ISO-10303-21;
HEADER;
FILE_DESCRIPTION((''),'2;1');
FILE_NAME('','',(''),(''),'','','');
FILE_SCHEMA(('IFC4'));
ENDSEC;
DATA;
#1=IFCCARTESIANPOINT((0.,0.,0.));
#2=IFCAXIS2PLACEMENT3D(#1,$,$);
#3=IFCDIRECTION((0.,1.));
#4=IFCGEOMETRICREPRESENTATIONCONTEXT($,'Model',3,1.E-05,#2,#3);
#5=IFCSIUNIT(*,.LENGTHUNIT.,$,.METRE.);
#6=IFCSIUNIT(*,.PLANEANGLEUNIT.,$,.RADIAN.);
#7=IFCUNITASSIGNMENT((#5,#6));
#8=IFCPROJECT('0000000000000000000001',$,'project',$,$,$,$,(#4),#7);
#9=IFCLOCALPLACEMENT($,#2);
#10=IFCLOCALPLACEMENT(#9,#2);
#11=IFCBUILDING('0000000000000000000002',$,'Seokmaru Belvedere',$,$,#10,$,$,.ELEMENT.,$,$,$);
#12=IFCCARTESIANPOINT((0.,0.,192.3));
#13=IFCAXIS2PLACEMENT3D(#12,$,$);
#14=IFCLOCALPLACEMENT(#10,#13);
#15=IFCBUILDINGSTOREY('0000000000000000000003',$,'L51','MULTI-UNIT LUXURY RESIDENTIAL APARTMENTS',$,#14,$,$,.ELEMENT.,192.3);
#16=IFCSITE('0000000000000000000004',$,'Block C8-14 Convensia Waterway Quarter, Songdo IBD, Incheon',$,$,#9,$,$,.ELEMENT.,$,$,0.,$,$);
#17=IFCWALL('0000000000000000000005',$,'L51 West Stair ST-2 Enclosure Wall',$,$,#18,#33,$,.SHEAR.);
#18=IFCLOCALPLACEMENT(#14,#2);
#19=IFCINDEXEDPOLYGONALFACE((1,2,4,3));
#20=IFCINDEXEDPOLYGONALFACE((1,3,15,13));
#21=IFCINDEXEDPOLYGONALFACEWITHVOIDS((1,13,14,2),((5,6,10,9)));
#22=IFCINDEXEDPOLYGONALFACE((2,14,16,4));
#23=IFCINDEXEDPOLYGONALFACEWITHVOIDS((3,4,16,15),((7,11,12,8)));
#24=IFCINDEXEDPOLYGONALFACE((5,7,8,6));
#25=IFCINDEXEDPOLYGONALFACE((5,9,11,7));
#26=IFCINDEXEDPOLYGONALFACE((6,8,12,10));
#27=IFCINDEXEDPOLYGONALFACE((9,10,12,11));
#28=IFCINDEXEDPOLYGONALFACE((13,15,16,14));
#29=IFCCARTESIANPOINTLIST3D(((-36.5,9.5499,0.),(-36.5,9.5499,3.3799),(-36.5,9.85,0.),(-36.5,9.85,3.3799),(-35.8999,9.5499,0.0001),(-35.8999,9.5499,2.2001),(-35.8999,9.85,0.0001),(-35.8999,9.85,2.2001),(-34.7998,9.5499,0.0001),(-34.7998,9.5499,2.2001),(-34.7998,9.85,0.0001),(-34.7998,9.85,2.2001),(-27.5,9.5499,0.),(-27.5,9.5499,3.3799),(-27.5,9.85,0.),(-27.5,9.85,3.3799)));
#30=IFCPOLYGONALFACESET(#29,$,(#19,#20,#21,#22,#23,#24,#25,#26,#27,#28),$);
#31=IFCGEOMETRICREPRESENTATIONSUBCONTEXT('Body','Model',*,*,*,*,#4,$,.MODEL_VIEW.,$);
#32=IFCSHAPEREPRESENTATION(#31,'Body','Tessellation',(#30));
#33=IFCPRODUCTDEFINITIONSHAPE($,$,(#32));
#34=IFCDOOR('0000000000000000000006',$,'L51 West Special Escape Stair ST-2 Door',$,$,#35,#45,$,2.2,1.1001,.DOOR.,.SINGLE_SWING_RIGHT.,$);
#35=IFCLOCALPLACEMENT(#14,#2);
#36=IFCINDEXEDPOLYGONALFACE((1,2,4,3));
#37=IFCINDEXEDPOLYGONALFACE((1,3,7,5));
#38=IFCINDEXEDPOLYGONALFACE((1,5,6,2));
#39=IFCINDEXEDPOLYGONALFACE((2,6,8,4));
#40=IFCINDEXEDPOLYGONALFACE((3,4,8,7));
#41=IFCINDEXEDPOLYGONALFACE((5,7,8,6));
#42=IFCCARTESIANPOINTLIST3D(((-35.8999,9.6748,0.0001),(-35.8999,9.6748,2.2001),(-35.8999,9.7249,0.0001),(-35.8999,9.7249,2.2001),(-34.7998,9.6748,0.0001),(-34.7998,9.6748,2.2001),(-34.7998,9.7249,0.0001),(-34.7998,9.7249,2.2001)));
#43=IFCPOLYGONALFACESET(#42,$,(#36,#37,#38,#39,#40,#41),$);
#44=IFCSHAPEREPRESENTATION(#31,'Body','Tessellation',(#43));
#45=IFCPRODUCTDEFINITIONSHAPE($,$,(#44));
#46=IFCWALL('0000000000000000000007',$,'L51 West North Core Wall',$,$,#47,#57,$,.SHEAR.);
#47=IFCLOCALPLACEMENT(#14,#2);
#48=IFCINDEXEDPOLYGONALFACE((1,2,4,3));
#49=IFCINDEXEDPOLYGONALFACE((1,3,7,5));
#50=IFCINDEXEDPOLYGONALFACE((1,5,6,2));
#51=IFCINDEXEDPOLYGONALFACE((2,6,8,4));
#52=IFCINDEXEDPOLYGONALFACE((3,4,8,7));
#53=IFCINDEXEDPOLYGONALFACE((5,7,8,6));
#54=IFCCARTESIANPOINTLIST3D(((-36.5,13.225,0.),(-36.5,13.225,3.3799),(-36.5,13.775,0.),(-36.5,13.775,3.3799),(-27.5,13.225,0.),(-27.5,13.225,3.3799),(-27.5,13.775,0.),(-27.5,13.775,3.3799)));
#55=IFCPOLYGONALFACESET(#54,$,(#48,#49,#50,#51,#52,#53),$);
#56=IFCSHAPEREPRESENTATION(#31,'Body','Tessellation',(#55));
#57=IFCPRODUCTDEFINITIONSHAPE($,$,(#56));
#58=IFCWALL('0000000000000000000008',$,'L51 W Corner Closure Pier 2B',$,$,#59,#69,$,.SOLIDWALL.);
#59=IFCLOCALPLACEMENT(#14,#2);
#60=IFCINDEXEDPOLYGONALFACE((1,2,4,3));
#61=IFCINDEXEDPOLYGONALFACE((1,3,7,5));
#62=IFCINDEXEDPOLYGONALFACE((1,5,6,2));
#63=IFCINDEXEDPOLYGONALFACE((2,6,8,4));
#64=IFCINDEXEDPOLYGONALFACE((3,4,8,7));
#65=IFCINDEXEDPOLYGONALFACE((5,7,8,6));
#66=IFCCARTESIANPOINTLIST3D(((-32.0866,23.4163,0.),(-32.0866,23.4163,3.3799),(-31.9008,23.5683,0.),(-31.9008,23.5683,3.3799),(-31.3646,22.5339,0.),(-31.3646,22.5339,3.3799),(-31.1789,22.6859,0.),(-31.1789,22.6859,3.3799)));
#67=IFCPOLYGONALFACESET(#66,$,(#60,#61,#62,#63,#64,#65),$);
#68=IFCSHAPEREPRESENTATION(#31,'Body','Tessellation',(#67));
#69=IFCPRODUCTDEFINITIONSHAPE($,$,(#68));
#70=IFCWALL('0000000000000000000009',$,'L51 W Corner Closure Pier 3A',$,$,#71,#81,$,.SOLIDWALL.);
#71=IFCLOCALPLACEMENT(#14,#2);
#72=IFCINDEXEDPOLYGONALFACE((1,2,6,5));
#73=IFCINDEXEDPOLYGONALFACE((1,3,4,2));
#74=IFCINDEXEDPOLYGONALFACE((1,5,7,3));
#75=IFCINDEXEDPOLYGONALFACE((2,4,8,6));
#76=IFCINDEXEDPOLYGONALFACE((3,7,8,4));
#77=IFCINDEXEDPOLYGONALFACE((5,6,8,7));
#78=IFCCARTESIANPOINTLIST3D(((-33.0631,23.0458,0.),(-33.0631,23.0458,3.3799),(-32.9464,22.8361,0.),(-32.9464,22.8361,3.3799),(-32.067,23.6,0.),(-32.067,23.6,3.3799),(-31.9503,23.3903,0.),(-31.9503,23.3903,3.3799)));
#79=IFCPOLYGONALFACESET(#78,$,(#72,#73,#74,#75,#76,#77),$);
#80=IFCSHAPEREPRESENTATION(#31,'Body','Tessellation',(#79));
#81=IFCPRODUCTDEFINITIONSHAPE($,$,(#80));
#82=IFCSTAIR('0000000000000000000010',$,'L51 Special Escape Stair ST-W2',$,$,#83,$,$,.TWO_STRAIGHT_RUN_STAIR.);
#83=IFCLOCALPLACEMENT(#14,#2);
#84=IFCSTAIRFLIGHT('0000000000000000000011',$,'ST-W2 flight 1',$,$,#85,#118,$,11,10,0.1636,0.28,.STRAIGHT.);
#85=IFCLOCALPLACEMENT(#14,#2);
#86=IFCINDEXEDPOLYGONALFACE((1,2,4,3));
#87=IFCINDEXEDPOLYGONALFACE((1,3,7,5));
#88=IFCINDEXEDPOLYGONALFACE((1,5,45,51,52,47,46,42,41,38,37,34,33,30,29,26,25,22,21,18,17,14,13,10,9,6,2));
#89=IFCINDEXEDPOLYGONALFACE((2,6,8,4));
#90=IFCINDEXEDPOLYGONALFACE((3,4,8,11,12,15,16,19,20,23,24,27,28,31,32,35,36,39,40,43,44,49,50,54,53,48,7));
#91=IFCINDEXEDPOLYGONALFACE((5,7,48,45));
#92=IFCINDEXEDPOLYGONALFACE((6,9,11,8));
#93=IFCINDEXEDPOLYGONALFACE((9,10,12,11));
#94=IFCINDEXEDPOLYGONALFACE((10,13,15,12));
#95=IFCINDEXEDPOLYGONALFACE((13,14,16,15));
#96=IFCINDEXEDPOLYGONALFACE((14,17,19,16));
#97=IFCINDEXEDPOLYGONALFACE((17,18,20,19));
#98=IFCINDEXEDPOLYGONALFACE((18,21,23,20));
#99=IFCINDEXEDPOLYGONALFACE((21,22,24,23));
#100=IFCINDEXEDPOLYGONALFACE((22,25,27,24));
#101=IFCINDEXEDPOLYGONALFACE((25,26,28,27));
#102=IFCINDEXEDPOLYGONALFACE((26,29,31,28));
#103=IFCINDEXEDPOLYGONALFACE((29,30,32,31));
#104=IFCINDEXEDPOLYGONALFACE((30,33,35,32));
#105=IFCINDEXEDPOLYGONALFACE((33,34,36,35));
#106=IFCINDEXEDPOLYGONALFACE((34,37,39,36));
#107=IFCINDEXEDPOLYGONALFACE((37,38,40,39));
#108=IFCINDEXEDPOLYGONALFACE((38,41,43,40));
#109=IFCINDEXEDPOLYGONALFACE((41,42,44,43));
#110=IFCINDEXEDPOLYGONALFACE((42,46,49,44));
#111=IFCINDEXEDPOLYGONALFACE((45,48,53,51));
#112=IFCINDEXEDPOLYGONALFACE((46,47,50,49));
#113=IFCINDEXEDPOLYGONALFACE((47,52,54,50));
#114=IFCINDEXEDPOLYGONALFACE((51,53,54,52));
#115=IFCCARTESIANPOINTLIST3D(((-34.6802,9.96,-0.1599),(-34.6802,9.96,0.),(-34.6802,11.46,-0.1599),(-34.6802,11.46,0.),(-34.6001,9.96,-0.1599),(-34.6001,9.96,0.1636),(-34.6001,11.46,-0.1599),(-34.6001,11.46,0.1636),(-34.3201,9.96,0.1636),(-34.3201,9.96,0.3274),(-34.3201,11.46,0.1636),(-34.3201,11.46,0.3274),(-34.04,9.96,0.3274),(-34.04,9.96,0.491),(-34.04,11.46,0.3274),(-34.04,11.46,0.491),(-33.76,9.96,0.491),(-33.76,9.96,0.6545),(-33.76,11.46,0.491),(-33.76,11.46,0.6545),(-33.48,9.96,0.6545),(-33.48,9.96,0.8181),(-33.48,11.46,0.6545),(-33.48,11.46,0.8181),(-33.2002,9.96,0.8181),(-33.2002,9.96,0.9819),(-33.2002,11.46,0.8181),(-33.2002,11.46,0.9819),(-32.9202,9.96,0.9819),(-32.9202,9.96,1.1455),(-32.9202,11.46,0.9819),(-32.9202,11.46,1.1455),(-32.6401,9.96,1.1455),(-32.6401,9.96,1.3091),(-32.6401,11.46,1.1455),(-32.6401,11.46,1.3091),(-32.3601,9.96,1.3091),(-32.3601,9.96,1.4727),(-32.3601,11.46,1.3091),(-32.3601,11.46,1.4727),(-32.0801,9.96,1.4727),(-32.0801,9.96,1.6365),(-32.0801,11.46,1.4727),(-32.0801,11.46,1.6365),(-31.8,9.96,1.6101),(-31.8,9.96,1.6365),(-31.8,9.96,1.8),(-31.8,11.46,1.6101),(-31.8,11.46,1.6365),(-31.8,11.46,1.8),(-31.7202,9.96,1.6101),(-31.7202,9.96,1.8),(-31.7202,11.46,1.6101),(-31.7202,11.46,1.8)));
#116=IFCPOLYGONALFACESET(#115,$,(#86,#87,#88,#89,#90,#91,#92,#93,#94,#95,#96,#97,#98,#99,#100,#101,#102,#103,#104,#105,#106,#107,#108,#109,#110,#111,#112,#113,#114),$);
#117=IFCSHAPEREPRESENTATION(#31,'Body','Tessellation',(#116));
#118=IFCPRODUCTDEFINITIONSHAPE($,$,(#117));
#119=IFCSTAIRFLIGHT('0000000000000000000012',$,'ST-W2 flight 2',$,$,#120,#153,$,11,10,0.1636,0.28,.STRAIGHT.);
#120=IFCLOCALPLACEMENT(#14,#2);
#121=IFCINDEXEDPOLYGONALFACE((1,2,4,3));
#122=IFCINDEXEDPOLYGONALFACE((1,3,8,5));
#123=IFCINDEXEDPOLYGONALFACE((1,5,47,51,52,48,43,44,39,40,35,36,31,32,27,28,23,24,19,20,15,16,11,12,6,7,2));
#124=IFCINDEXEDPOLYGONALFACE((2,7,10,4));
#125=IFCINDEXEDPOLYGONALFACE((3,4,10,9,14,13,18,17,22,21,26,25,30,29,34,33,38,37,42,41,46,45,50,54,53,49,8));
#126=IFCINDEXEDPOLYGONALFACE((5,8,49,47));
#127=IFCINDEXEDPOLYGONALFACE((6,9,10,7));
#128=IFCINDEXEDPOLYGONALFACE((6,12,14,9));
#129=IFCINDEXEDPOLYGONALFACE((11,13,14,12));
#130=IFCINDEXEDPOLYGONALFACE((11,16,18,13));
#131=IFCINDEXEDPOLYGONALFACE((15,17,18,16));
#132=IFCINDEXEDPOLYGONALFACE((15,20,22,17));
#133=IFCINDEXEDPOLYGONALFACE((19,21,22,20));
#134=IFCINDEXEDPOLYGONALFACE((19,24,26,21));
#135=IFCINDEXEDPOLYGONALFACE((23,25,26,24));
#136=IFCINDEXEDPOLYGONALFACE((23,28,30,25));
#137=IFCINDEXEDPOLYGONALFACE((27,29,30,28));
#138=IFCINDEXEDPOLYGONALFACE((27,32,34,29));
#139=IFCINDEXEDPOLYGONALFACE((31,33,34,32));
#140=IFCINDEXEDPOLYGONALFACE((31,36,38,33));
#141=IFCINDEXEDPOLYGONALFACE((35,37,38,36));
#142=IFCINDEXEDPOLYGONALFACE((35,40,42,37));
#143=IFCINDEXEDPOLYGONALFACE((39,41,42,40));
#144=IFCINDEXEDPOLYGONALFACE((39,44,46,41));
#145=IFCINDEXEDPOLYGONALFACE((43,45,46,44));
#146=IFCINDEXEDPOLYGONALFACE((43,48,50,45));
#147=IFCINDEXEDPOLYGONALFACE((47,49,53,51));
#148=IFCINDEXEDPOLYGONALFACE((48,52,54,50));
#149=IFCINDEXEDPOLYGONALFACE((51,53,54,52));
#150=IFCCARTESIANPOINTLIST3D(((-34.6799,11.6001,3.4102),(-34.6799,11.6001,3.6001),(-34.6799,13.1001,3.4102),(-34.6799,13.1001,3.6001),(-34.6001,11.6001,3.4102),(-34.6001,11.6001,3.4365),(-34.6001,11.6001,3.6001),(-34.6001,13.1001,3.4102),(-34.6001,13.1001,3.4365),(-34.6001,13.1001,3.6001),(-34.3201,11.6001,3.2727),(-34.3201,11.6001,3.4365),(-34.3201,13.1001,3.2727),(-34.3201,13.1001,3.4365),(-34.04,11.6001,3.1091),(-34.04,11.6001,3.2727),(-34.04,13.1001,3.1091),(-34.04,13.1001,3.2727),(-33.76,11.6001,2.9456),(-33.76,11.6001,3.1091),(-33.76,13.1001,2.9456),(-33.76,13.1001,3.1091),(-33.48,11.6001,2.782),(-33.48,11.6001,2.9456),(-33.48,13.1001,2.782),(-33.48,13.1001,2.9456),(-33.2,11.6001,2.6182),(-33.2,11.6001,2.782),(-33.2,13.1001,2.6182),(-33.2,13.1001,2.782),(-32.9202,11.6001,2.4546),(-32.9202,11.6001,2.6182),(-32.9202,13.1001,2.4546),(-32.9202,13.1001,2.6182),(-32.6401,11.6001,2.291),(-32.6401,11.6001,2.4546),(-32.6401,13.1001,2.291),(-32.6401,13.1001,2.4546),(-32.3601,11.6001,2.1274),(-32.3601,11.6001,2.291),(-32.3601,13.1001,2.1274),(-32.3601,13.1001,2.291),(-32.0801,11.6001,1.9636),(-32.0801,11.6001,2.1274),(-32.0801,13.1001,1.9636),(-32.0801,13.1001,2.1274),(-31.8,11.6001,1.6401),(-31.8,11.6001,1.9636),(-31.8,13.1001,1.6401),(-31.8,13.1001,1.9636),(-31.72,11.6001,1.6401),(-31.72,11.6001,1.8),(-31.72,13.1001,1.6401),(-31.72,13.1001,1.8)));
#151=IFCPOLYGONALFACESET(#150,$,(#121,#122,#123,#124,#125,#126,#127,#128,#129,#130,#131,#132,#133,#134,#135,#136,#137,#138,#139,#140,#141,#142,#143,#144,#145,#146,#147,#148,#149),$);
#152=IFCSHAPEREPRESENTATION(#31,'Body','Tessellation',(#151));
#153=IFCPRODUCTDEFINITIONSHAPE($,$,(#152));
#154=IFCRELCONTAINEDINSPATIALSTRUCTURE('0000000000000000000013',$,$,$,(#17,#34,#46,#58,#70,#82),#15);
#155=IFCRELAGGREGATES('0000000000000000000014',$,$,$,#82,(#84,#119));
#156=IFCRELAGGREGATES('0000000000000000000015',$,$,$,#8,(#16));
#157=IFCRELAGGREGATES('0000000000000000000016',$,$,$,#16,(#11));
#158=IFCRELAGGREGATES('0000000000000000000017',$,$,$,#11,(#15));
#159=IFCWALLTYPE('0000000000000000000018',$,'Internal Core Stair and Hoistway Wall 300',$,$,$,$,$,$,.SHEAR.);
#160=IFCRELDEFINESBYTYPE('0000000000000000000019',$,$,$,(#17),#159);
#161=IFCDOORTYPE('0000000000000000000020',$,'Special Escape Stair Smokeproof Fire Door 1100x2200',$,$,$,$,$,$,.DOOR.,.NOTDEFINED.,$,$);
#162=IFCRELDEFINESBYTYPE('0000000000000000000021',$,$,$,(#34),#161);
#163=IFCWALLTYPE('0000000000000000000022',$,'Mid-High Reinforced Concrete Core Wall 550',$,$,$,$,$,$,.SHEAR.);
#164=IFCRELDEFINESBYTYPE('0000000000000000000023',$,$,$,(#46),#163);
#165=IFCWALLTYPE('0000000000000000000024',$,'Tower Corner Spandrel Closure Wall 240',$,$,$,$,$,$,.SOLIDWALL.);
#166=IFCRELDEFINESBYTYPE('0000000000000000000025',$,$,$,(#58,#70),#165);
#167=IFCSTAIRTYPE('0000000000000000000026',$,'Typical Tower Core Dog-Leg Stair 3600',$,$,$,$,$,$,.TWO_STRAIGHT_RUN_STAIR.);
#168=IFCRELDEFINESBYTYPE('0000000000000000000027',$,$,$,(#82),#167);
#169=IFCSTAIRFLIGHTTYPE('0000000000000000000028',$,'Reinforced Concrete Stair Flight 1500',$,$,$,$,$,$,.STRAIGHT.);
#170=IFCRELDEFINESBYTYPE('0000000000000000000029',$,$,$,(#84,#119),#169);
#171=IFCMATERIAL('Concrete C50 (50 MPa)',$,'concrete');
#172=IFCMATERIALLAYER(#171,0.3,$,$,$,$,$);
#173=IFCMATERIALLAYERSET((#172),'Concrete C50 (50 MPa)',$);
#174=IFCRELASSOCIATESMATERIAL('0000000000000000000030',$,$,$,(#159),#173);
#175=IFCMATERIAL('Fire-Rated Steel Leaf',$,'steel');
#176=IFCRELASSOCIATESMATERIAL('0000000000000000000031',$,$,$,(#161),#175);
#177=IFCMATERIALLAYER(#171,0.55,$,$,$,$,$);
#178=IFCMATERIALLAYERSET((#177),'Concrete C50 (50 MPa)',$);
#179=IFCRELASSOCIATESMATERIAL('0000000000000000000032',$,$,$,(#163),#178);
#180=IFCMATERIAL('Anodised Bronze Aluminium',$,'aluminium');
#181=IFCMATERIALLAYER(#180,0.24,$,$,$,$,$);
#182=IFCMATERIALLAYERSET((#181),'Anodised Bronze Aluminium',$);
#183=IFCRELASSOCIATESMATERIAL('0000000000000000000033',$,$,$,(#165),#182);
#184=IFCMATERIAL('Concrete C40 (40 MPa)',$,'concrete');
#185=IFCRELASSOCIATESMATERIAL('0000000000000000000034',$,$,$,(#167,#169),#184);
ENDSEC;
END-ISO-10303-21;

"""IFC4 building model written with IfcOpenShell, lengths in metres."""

from ifc_helpers import new_model, si_unit, direction, frame, frame_2d, origin, place, context, subcontext, project, spatial, polyline, rectangle, outline, extrude, source, transform, mapped, material, layer, layer_set, type_object, type_shapes, element, fill, aggregate, save


model = new_model("IFC4")

# Units and contexts
model_context = context("Model", 3, precision=1e-05, world=origin(), true_north=direction((0.0, 1.0)))
body_context = subcontext(model_context, "Body", "Model", "MODEL_VIEW")
ifc_project = project(units=[si_unit("LENGTHUNIT", "METRE"), si_unit("PLANEANGLEUNIT", "RADIAN")], contexts=[model_context])

# Site, building, storey
site_placement = place(None, origin())
site = spatial("IfcSite", under=ifc_project, at=site_placement, Name="Block C8-14 Convensia Waterway Quarter, Songdo IBD, Incheon", CompositionType="ELEMENT", RefElevation=0.0)
building_placement = place(site_placement, origin())
building = spatial("IfcBuilding", under=site, at=building_placement, Name="Seokmaru Belvedere", CompositionType="ELEMENT")
storey_placement = place(building_placement, frame((0.0, 0.0, 192.3)))
storey = spatial("IfcBuildingStorey", under=building, at=storey_placement, Name="L51", Description="MULTI-UNIT LUXURY RESIDENTIAL APARTMENTS", CompositionType="ELEMENT", Elevation=192.3)

# Shared definitions
ifc_material_1 = material(Name="Anodised Bronze Aluminium", Category="aluminium")

# Shared definitions
ifc_material_2 = material(Name="Fire-Rated Steel Leaf", Category="steel")

# Wall, opening, door
ifc_material_3 = material(Name="Concrete C50 (50 MPa)", Category="concrete")
ifc_layer_1 = layer(ifc_material_3, 0.3)
ifc_layer_set_1 = layer_set([ifc_layer_1], Name="Concrete C50 (50 MPa)")
wall_type_1 = type_object("IfcWallType", Name="Internal Core Stair and Hoistway Wall 300", PredefinedType="SHEAR", material=ifc_layer_set_1)
wall_1_placement = place(storey_placement, frame((-36.5, 9.7, 0.0), z_axis=(0.0, 0.0, 1.0), x_axis=(1.0, 0.0, 0.0)))
wall_1 = element("IfcWall", 1, at=wall_1_placement, inside=storey, type_object=wall_type_1, Name="L51 West Stair ST-2 Enclosure Wall", PredefinedType="SHEAR", context=body_context, shape_type="SweptSolid", body=[
    extrude(rectangle(XDim=9.0, YDim=0.3, at=frame_2d((4.5, 0.0))), origin(), (0.0, 0.0, 1.0), 3.3799),
])
opening_1_placement = place(wall_1_placement, frame((0.6001, 0.0, 0.0)))
opening_1 = element("IfcOpeningElement", 2, at=opening_1_placement, cuts=wall_1, PredefinedType="OPENING", context=body_context, shape_type="SweptSolid", body=[
    extrude(rectangle(XDim=1.1001, YDim=2.2, at=frame_2d((0.55, 1.1001))), frame((0.0, 0.1602, 0.0), z_axis=(0.0, -1.0, 0.0), x_axis=(1.0, 0.0, 0.0)), (0.0, 0.0, 1.0), 0.3201),
])
door_type_1 = type_object("IfcDoorType", Name="Special Escape Stair Smokeproof Fire Door 1100x2200", OperationType="NOTDEFINED", PredefinedType="DOOR", material=ifc_material_2)
shared_shape_1 = source(origin(), body_context, "Body", "SweptSolid", [
    extrude(rectangle(XDim=1.1001, YDim=2.2, at=frame_2d((0.55, 1.1001))), frame((0.0, 0.0249, 0.0), z_axis=(0.0, -1.0, 0.0), x_axis=(1.0, 0.0, 0.0)), (0.0, 0.0, 1.0), 0.05),
])
type_shapes(door_type_1, [shared_shape_1])
door_1_placement = place(opening_1_placement, origin())
door_1 = element("IfcDoor", 3, at=door_1_placement, inside=storey, type_object=door_type_1, Name="L51 West Special Escape Stair ST-2 Door", OperationType="SINGLE_SWING_RIGHT", OverallHeight=2.2, OverallWidth=1.1001, PredefinedType="DOOR", context=body_context, shape_type="MappedRepresentation", body=[
    mapped(shared_shape_1, transform((0.0, 0.0, 0.0), scale=1.0)),
])
fill(opening_1, door_1)

# Wall
ifc_layer_2 = layer(ifc_material_3, 0.55)
ifc_layer_set_2 = layer_set([ifc_layer_2], Name="Concrete C50 (50 MPa)")
wall_type_2 = type_object("IfcWallType", Name="Mid-High Reinforced Concrete Core Wall 550", PredefinedType="SHEAR", material=ifc_layer_set_2)
wall_2_placement = place(storey_placement, frame((-36.5, 13.5, 0.0), z_axis=(0.0, 0.0, 1.0), x_axis=(1.0, 0.0, 0.0)))
element("IfcWall", 4, at=wall_2_placement, inside=storey, type_object=wall_type_2, Name="L51 West North Core Wall", PredefinedType="SHEAR", context=body_context, shape_type="SweptSolid", body=[
    extrude(rectangle(XDim=9.0, YDim=0.55, at=frame_2d((4.5, 0.0))), origin(), (0.0, 0.0, 1.0), 3.3799),
])

# Walls
ifc_layer_3 = layer(ifc_material_1, 0.24)
ifc_layer_set_3 = layer_set([ifc_layer_3], Name="Anodised Bronze Aluminium")
wall_type_3 = type_object("IfcWallType", Name="Tower Corner Spandrel Closure Wall 240", PredefinedType="SOLIDWALL", material=ifc_layer_set_3)
wall_3_placement = place(storey_placement, frame((-31.2717, 22.6099, 0.0), z_axis=(0.0, 0.0, 1.0), x_axis=(-0.633249, 0.773948, 0.0)))
element("IfcWall", 5, at=wall_3_placement, inside=storey, type_object=wall_type_3, Name="L51 W Corner Closure Pier 2B", PredefinedType="SOLIDWALL", context=body_context, shape_type="SweptSolid", body=[
    extrude(rectangle(XDim=1.1401, YDim=0.24, at=frame_2d((0.5701, 0.0))), origin(), (0.0, 0.0, 1.0), 3.3799),
])
wall_4_placement = place(storey_placement, frame((-32.0088, 23.4951, 0.0), z_axis=(0.0, 0.0, 1.0), x_axis=(-0.873854, -0.486188, 0.0)))
element("IfcWall", 6, at=wall_4_placement, inside=storey, type_object=wall_type_3, Name="L51 W Corner Closure Pier 3A", PredefinedType="SOLIDWALL", context=body_context, shape_type="SweptSolid", body=[
    extrude(rectangle(XDim=1.1399, YDim=0.24, at=frame_2d((0.5698, 0.0))), origin(), (0.0, 0.0, 1.0), 3.3799),
])

# Stair, stair flights
ifc_material_4 = material(Name="Concrete C40 (40 MPa)", Category="concrete")
stair_type = type_object("IfcStairType", Name="Typical Tower Core Dog-Leg Stair 3600", PredefinedType="TWO_STRAIGHT_RUN_STAIR", material=ifc_material_4)
stair_placement = place(storey_placement, origin())
stair = element("IfcStair", 7, at=stair_placement, inside=storey, type_object=stair_type, Name="L51 Special Escape Stair ST-W2", PredefinedType="TWO_STRAIGHT_RUN_STAIR")
stair_flight_type = type_object("IfcStairFlightType", Name="Reinforced Concrete Stair Flight 1500", PredefinedType="STRAIGHT", material=ifc_material_4)
stair_flight_1_placement = place(storey_placement, frame((-34.6001, 10.71, 0.0), z_axis=(0.0, 0.0, 1.0), x_axis=(1.0, 0.0, 0.0)))
stair_flight_1 = element("IfcStairFlight", 8, at=stair_flight_1_placement, type_object=stair_flight_type, Name="ST-W2 flight 1", NumberOfRisers=11, NumberOfTreads=10, PredefinedType="STRAIGHT", RiserHeight=0.1636, TreadLength=0.28, context=body_context, shape_type="SweptSolid", body=[
    extrude(outline(polyline([(-0.0801, 0.0), (0.0, 0.1636), (0.28, 0.1636), (0.28, 0.3274), (0.5601, 0.3274), (0.5601, 0.491), (0.8401, 0.491), (0.8401, 0.6545), (1.1201, 0.6545), (1.1201, 0.8181), (1.3999, 0.8181), (1.3999, 0.9819), (1.6799, 0.9819), (1.6799, 1.1455), (1.96, 1.1455), (1.96, 1.3091), (2.24, 1.3091), (2.24, 1.4727), (2.52, 1.4727), (2.52, 1.6365), (2.8, 1.6365), (2.8, 1.8), (2.8799, 1.8), (2.8799, 1.6101), (2.8, 1.6101), (0.0, -0.1599), (-0.0801, -0.1599), (-0.0801, 0.0)])), frame((0.0, 0.75, 0.0), z_axis=(0.0, -1.0, 0.0), x_axis=(1.0, 0.0, 0.0)), (0.0, 0.0, 1.0), 1.5),
])
stair_flight_2_placement = place(storey_placement, frame((-31.8, 12.3501, 1.8), z_axis=(0.0, 0.0, 1.0), x_axis=(-1.0, 0.0, 0.0)))
stair_flight_2 = element("IfcStairFlight", 9, at=stair_flight_2_placement, type_object=stair_flight_type, Name="ST-W2 flight 2", NumberOfRisers=11, NumberOfTreads=10, PredefinedType="STRAIGHT", RiserHeight=0.1636, TreadLength=0.28, context=body_context, shape_type="SweptSolid", body=[
    extrude(outline(polyline([(-0.0801, 0.0), (0.0, 0.1636), (0.28, 0.1636), (0.28, 0.3274), (0.5601, 0.3274), (0.5601, 0.491), (0.8401, 0.491), (0.8401, 0.6545), (1.1201, 0.6545), (1.1201, 0.8181), (1.3999, 0.8181), (1.3999, 0.9819), (1.6799, 0.9819), (1.6799, 1.1455), (1.96, 1.1455), (1.96, 1.3091), (2.24, 1.3091), (2.24, 1.4727), (2.52, 1.4727), (2.52, 1.6365), (2.8, 1.6365), (2.8, 1.8), (2.8799, 1.8), (2.8799, 1.6101), (2.8, 1.6101), (0.0, -0.1599), (-0.0801, -0.1599), (-0.0801, 0.0)])), frame((0.0, 0.75, 0.0), z_axis=(0.0, -1.0, 0.0), x_axis=(1.0, 0.0, 0.0)), (0.0, 0.0, 1.0), 1.5),
])
aggregate(stair, [stair_flight_1, stair_flight_2])

save(model, "model.ifc")
